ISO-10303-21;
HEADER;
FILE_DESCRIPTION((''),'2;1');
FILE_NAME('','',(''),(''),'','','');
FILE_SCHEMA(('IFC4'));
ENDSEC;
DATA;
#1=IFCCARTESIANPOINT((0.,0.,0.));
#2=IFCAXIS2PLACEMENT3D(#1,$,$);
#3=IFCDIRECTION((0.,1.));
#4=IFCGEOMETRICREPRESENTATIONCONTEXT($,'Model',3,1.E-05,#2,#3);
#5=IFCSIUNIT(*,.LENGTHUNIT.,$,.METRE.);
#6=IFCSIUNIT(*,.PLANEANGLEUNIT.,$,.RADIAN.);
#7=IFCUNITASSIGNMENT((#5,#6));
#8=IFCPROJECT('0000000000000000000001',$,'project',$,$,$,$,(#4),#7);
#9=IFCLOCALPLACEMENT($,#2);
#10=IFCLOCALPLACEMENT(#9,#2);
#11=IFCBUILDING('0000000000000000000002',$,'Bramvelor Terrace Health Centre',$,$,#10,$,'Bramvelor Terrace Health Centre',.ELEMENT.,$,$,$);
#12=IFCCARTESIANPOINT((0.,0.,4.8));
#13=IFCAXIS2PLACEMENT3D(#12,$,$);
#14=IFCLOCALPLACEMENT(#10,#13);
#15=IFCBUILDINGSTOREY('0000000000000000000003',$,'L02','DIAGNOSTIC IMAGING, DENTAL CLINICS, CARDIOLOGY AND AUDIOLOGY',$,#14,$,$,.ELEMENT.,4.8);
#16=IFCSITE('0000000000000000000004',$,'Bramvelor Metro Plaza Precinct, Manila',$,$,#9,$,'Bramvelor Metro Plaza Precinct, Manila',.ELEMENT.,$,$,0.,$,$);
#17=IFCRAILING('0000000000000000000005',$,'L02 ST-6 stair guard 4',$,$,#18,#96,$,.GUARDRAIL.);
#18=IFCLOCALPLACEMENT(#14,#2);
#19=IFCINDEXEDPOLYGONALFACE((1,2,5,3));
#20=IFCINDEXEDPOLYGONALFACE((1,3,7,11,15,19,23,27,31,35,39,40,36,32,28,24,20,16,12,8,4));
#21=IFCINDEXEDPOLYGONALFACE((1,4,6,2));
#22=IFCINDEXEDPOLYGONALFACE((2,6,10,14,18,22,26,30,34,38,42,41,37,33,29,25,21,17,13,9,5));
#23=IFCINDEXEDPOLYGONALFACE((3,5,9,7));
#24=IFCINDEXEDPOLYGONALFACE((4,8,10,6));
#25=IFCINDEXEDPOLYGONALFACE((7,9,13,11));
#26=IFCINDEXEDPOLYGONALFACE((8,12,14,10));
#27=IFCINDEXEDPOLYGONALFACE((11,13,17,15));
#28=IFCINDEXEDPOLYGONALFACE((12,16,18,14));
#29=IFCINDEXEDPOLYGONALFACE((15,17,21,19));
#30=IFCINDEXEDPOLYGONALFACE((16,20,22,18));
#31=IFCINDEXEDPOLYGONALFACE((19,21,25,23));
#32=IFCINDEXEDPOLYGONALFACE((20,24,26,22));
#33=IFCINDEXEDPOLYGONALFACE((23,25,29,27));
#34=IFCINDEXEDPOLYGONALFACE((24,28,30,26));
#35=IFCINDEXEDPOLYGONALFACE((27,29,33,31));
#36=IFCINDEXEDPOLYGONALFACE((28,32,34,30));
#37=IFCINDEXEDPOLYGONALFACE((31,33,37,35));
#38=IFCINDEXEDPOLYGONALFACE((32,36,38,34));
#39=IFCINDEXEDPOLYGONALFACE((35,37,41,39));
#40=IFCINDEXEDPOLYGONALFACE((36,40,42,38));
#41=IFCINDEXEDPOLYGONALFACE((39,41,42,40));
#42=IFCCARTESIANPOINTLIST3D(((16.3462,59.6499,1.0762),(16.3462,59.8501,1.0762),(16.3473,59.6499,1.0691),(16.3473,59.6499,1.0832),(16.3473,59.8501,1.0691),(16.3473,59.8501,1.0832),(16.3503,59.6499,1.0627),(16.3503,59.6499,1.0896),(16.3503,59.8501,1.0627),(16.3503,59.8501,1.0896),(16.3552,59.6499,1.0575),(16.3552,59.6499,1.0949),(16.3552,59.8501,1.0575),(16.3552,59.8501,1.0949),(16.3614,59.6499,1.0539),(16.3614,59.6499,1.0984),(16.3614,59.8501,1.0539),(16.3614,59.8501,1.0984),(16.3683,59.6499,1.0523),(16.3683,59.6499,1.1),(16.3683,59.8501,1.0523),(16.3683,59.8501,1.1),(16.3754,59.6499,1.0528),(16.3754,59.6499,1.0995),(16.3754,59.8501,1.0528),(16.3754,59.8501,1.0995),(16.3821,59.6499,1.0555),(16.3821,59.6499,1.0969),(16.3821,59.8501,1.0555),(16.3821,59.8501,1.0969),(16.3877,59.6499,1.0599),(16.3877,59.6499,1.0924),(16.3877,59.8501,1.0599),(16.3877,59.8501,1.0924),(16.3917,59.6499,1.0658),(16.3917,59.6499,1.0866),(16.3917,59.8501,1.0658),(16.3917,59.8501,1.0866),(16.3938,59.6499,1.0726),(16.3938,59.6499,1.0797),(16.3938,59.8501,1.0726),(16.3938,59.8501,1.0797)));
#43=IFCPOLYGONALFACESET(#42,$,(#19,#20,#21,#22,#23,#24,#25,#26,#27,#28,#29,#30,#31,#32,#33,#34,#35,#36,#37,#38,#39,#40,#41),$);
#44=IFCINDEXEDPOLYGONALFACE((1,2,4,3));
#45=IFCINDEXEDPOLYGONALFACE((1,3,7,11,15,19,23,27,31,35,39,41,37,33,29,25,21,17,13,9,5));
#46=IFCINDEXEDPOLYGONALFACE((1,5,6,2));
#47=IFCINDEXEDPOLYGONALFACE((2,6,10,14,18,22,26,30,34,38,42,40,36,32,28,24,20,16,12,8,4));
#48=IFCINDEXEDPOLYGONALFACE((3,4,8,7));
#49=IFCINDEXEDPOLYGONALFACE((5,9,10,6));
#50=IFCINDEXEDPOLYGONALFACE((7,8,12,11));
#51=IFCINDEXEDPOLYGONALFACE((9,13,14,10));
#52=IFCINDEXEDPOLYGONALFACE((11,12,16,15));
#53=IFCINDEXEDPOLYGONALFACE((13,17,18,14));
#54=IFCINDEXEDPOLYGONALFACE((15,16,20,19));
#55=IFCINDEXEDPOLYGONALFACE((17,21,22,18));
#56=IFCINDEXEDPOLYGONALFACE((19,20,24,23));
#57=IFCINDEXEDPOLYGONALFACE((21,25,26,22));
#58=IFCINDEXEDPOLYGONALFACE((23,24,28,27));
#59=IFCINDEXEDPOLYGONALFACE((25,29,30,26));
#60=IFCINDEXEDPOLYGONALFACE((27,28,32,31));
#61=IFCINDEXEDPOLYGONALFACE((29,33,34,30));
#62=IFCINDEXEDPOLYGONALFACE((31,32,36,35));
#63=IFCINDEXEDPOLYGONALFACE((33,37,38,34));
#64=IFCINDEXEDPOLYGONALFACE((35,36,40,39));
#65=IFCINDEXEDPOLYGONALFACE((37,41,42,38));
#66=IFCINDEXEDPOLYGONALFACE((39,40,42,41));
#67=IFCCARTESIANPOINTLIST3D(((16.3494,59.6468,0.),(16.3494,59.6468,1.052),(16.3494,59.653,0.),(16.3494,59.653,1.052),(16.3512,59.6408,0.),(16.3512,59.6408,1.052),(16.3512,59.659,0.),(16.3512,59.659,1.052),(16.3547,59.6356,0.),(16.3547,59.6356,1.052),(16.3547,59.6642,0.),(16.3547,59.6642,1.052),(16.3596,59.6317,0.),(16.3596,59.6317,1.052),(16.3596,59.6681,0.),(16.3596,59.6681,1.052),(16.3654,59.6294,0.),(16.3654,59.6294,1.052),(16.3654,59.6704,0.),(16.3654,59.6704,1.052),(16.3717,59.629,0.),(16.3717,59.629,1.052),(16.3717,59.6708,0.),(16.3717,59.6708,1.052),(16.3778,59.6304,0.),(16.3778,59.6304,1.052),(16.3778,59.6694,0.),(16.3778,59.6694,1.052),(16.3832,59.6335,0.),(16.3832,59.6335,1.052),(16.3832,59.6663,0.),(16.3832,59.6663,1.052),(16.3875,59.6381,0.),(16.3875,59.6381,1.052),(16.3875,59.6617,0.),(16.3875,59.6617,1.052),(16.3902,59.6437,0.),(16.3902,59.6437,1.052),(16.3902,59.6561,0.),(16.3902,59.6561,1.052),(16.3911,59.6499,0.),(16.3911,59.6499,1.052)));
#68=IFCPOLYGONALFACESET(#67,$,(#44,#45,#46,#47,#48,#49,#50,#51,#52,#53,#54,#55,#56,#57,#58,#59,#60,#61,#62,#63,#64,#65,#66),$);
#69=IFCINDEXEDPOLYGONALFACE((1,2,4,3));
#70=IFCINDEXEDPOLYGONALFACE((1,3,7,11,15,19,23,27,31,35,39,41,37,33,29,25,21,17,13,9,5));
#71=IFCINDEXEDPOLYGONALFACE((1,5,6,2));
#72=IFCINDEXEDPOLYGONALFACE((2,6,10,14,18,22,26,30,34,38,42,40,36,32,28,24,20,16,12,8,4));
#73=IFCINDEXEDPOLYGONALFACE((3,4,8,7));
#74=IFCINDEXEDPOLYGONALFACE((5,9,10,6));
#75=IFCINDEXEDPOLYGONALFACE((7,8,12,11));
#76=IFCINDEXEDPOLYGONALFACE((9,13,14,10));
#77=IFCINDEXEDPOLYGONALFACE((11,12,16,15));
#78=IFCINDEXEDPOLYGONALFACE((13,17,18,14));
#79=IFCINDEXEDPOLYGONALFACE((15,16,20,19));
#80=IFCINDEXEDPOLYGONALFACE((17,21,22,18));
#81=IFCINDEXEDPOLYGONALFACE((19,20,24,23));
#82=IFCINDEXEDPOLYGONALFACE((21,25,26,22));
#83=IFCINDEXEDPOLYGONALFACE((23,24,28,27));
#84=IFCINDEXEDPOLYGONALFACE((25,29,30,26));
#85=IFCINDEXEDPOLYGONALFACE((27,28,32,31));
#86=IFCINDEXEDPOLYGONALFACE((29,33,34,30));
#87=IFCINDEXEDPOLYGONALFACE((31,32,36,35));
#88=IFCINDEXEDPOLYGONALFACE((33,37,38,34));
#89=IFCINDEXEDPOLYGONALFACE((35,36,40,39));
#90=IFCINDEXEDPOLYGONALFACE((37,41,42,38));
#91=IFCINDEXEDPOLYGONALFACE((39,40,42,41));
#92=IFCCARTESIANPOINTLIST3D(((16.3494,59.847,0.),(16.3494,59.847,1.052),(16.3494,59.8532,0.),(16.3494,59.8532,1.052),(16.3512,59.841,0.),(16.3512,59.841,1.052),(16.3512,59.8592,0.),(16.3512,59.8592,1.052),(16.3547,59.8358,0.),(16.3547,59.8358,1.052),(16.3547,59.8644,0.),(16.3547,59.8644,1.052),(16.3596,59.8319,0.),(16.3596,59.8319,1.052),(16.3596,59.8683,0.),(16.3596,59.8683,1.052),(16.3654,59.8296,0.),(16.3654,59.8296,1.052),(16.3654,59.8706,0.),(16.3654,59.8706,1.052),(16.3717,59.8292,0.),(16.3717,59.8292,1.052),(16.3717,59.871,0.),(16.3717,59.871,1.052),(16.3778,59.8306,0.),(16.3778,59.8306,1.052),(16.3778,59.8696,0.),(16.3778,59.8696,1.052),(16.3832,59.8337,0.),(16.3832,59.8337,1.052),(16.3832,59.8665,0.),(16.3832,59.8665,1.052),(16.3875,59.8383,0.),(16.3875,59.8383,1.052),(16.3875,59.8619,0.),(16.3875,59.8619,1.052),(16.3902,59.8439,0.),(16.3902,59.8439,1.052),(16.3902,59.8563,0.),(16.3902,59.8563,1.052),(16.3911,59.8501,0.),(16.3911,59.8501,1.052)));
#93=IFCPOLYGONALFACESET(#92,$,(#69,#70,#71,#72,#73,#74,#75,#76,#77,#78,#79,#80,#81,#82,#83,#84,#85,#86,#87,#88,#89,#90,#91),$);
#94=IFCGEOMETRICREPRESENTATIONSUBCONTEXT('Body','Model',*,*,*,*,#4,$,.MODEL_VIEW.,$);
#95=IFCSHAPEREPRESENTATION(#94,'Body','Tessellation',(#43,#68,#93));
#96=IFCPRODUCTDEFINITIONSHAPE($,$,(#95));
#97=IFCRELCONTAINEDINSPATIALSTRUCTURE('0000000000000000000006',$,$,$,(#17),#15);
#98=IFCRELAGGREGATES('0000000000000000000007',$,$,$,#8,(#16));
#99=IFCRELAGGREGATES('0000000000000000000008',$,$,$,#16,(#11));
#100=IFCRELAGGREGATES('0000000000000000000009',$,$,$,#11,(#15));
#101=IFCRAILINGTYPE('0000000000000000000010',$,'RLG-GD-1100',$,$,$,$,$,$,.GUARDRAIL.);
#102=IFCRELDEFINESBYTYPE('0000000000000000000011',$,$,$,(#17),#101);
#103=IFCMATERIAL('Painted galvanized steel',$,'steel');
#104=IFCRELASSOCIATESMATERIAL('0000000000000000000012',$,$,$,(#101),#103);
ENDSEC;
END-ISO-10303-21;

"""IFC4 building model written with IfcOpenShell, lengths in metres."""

from ifc_helpers import new_model, si_unit, direction, frame, origin, origin_2d, place, context, subcontext, project, spatial, circle, extrude, material, type_object, element, save


model = new_model("IFC4")

# Units and contexts
model_context = context("Model", 3, precision=1e-05, world=origin(), true_north=direction((0.0, 1.0)))
body_context = subcontext(model_context, "Body", "Model", "MODEL_VIEW")
ifc_project = project(units=[si_unit("LENGTHUNIT", "METRE"), si_unit("PLANEANGLEUNIT", "RADIAN")], contexts=[model_context])

# Site, building, storey
site_placement = place(None, origin())
site = spatial("IfcSite", under=ifc_project, at=site_placement, Name="Bramvelor Metro Plaza Precinct, Manila", LongName="Bramvelor Metro Plaza Precinct, Manila", CompositionType="ELEMENT", RefElevation=0.0)
building_placement = place(site_placement, origin())
building = spatial("IfcBuilding", under=site, at=building_placement, Name="Bramvelor Terrace Health Centre", LongName="Bramvelor Terrace Health Centre", CompositionType="ELEMENT")
storey_placement = place(building_placement, frame((0.0, 0.0, 4.8)))
storey = spatial("IfcBuildingStorey", under=building, at=storey_placement, Name="L02", Description="DIAGNOSTIC IMAGING, DENTAL CLINICS, CARDIOLOGY AND AUDIOLOGY", CompositionType="ELEMENT", Elevation=4.8)

# Railing
ifc_material_1 = material(Name="Painted galvanized steel", Category="steel")
railing_type_1 = type_object("IfcRailingType", Name="RLG-GD-1100", PredefinedType="GUARDRAIL", material=ifc_material_1)
railing_1_placement = place(storey_placement, frame((16.3701, 59.6499, 0.0)))
element("IfcRailing", 1, at=railing_1_placement, inside=storey, type_object=railing_type_1, Name="L02 ST-6 stair guard 4", PredefinedType="GUARDRAIL", context=body_context, shape_type="SweptSolid", body=[
    extrude(circle(Radius=0.0239, at=origin_2d()), frame((0.0, 0.0, 1.0762), z_axis=(0.0, 1.0, 0.0), x_axis=(-1.0, 0.0, 0.0)), (0.0, 0.0, 1.0), 0.2002),
    extrude(circle(Radius=0.021, at=origin_2d()), origin(), (0.0, 0.0, 1.0), 1.052),
    extrude(circle(Radius=0.021, at=origin_2d()), frame((0.0, 0.2002, 0.0)), (0.0, 0.0, 1.0), 1.052),
])

save(model, "model.ifc")
